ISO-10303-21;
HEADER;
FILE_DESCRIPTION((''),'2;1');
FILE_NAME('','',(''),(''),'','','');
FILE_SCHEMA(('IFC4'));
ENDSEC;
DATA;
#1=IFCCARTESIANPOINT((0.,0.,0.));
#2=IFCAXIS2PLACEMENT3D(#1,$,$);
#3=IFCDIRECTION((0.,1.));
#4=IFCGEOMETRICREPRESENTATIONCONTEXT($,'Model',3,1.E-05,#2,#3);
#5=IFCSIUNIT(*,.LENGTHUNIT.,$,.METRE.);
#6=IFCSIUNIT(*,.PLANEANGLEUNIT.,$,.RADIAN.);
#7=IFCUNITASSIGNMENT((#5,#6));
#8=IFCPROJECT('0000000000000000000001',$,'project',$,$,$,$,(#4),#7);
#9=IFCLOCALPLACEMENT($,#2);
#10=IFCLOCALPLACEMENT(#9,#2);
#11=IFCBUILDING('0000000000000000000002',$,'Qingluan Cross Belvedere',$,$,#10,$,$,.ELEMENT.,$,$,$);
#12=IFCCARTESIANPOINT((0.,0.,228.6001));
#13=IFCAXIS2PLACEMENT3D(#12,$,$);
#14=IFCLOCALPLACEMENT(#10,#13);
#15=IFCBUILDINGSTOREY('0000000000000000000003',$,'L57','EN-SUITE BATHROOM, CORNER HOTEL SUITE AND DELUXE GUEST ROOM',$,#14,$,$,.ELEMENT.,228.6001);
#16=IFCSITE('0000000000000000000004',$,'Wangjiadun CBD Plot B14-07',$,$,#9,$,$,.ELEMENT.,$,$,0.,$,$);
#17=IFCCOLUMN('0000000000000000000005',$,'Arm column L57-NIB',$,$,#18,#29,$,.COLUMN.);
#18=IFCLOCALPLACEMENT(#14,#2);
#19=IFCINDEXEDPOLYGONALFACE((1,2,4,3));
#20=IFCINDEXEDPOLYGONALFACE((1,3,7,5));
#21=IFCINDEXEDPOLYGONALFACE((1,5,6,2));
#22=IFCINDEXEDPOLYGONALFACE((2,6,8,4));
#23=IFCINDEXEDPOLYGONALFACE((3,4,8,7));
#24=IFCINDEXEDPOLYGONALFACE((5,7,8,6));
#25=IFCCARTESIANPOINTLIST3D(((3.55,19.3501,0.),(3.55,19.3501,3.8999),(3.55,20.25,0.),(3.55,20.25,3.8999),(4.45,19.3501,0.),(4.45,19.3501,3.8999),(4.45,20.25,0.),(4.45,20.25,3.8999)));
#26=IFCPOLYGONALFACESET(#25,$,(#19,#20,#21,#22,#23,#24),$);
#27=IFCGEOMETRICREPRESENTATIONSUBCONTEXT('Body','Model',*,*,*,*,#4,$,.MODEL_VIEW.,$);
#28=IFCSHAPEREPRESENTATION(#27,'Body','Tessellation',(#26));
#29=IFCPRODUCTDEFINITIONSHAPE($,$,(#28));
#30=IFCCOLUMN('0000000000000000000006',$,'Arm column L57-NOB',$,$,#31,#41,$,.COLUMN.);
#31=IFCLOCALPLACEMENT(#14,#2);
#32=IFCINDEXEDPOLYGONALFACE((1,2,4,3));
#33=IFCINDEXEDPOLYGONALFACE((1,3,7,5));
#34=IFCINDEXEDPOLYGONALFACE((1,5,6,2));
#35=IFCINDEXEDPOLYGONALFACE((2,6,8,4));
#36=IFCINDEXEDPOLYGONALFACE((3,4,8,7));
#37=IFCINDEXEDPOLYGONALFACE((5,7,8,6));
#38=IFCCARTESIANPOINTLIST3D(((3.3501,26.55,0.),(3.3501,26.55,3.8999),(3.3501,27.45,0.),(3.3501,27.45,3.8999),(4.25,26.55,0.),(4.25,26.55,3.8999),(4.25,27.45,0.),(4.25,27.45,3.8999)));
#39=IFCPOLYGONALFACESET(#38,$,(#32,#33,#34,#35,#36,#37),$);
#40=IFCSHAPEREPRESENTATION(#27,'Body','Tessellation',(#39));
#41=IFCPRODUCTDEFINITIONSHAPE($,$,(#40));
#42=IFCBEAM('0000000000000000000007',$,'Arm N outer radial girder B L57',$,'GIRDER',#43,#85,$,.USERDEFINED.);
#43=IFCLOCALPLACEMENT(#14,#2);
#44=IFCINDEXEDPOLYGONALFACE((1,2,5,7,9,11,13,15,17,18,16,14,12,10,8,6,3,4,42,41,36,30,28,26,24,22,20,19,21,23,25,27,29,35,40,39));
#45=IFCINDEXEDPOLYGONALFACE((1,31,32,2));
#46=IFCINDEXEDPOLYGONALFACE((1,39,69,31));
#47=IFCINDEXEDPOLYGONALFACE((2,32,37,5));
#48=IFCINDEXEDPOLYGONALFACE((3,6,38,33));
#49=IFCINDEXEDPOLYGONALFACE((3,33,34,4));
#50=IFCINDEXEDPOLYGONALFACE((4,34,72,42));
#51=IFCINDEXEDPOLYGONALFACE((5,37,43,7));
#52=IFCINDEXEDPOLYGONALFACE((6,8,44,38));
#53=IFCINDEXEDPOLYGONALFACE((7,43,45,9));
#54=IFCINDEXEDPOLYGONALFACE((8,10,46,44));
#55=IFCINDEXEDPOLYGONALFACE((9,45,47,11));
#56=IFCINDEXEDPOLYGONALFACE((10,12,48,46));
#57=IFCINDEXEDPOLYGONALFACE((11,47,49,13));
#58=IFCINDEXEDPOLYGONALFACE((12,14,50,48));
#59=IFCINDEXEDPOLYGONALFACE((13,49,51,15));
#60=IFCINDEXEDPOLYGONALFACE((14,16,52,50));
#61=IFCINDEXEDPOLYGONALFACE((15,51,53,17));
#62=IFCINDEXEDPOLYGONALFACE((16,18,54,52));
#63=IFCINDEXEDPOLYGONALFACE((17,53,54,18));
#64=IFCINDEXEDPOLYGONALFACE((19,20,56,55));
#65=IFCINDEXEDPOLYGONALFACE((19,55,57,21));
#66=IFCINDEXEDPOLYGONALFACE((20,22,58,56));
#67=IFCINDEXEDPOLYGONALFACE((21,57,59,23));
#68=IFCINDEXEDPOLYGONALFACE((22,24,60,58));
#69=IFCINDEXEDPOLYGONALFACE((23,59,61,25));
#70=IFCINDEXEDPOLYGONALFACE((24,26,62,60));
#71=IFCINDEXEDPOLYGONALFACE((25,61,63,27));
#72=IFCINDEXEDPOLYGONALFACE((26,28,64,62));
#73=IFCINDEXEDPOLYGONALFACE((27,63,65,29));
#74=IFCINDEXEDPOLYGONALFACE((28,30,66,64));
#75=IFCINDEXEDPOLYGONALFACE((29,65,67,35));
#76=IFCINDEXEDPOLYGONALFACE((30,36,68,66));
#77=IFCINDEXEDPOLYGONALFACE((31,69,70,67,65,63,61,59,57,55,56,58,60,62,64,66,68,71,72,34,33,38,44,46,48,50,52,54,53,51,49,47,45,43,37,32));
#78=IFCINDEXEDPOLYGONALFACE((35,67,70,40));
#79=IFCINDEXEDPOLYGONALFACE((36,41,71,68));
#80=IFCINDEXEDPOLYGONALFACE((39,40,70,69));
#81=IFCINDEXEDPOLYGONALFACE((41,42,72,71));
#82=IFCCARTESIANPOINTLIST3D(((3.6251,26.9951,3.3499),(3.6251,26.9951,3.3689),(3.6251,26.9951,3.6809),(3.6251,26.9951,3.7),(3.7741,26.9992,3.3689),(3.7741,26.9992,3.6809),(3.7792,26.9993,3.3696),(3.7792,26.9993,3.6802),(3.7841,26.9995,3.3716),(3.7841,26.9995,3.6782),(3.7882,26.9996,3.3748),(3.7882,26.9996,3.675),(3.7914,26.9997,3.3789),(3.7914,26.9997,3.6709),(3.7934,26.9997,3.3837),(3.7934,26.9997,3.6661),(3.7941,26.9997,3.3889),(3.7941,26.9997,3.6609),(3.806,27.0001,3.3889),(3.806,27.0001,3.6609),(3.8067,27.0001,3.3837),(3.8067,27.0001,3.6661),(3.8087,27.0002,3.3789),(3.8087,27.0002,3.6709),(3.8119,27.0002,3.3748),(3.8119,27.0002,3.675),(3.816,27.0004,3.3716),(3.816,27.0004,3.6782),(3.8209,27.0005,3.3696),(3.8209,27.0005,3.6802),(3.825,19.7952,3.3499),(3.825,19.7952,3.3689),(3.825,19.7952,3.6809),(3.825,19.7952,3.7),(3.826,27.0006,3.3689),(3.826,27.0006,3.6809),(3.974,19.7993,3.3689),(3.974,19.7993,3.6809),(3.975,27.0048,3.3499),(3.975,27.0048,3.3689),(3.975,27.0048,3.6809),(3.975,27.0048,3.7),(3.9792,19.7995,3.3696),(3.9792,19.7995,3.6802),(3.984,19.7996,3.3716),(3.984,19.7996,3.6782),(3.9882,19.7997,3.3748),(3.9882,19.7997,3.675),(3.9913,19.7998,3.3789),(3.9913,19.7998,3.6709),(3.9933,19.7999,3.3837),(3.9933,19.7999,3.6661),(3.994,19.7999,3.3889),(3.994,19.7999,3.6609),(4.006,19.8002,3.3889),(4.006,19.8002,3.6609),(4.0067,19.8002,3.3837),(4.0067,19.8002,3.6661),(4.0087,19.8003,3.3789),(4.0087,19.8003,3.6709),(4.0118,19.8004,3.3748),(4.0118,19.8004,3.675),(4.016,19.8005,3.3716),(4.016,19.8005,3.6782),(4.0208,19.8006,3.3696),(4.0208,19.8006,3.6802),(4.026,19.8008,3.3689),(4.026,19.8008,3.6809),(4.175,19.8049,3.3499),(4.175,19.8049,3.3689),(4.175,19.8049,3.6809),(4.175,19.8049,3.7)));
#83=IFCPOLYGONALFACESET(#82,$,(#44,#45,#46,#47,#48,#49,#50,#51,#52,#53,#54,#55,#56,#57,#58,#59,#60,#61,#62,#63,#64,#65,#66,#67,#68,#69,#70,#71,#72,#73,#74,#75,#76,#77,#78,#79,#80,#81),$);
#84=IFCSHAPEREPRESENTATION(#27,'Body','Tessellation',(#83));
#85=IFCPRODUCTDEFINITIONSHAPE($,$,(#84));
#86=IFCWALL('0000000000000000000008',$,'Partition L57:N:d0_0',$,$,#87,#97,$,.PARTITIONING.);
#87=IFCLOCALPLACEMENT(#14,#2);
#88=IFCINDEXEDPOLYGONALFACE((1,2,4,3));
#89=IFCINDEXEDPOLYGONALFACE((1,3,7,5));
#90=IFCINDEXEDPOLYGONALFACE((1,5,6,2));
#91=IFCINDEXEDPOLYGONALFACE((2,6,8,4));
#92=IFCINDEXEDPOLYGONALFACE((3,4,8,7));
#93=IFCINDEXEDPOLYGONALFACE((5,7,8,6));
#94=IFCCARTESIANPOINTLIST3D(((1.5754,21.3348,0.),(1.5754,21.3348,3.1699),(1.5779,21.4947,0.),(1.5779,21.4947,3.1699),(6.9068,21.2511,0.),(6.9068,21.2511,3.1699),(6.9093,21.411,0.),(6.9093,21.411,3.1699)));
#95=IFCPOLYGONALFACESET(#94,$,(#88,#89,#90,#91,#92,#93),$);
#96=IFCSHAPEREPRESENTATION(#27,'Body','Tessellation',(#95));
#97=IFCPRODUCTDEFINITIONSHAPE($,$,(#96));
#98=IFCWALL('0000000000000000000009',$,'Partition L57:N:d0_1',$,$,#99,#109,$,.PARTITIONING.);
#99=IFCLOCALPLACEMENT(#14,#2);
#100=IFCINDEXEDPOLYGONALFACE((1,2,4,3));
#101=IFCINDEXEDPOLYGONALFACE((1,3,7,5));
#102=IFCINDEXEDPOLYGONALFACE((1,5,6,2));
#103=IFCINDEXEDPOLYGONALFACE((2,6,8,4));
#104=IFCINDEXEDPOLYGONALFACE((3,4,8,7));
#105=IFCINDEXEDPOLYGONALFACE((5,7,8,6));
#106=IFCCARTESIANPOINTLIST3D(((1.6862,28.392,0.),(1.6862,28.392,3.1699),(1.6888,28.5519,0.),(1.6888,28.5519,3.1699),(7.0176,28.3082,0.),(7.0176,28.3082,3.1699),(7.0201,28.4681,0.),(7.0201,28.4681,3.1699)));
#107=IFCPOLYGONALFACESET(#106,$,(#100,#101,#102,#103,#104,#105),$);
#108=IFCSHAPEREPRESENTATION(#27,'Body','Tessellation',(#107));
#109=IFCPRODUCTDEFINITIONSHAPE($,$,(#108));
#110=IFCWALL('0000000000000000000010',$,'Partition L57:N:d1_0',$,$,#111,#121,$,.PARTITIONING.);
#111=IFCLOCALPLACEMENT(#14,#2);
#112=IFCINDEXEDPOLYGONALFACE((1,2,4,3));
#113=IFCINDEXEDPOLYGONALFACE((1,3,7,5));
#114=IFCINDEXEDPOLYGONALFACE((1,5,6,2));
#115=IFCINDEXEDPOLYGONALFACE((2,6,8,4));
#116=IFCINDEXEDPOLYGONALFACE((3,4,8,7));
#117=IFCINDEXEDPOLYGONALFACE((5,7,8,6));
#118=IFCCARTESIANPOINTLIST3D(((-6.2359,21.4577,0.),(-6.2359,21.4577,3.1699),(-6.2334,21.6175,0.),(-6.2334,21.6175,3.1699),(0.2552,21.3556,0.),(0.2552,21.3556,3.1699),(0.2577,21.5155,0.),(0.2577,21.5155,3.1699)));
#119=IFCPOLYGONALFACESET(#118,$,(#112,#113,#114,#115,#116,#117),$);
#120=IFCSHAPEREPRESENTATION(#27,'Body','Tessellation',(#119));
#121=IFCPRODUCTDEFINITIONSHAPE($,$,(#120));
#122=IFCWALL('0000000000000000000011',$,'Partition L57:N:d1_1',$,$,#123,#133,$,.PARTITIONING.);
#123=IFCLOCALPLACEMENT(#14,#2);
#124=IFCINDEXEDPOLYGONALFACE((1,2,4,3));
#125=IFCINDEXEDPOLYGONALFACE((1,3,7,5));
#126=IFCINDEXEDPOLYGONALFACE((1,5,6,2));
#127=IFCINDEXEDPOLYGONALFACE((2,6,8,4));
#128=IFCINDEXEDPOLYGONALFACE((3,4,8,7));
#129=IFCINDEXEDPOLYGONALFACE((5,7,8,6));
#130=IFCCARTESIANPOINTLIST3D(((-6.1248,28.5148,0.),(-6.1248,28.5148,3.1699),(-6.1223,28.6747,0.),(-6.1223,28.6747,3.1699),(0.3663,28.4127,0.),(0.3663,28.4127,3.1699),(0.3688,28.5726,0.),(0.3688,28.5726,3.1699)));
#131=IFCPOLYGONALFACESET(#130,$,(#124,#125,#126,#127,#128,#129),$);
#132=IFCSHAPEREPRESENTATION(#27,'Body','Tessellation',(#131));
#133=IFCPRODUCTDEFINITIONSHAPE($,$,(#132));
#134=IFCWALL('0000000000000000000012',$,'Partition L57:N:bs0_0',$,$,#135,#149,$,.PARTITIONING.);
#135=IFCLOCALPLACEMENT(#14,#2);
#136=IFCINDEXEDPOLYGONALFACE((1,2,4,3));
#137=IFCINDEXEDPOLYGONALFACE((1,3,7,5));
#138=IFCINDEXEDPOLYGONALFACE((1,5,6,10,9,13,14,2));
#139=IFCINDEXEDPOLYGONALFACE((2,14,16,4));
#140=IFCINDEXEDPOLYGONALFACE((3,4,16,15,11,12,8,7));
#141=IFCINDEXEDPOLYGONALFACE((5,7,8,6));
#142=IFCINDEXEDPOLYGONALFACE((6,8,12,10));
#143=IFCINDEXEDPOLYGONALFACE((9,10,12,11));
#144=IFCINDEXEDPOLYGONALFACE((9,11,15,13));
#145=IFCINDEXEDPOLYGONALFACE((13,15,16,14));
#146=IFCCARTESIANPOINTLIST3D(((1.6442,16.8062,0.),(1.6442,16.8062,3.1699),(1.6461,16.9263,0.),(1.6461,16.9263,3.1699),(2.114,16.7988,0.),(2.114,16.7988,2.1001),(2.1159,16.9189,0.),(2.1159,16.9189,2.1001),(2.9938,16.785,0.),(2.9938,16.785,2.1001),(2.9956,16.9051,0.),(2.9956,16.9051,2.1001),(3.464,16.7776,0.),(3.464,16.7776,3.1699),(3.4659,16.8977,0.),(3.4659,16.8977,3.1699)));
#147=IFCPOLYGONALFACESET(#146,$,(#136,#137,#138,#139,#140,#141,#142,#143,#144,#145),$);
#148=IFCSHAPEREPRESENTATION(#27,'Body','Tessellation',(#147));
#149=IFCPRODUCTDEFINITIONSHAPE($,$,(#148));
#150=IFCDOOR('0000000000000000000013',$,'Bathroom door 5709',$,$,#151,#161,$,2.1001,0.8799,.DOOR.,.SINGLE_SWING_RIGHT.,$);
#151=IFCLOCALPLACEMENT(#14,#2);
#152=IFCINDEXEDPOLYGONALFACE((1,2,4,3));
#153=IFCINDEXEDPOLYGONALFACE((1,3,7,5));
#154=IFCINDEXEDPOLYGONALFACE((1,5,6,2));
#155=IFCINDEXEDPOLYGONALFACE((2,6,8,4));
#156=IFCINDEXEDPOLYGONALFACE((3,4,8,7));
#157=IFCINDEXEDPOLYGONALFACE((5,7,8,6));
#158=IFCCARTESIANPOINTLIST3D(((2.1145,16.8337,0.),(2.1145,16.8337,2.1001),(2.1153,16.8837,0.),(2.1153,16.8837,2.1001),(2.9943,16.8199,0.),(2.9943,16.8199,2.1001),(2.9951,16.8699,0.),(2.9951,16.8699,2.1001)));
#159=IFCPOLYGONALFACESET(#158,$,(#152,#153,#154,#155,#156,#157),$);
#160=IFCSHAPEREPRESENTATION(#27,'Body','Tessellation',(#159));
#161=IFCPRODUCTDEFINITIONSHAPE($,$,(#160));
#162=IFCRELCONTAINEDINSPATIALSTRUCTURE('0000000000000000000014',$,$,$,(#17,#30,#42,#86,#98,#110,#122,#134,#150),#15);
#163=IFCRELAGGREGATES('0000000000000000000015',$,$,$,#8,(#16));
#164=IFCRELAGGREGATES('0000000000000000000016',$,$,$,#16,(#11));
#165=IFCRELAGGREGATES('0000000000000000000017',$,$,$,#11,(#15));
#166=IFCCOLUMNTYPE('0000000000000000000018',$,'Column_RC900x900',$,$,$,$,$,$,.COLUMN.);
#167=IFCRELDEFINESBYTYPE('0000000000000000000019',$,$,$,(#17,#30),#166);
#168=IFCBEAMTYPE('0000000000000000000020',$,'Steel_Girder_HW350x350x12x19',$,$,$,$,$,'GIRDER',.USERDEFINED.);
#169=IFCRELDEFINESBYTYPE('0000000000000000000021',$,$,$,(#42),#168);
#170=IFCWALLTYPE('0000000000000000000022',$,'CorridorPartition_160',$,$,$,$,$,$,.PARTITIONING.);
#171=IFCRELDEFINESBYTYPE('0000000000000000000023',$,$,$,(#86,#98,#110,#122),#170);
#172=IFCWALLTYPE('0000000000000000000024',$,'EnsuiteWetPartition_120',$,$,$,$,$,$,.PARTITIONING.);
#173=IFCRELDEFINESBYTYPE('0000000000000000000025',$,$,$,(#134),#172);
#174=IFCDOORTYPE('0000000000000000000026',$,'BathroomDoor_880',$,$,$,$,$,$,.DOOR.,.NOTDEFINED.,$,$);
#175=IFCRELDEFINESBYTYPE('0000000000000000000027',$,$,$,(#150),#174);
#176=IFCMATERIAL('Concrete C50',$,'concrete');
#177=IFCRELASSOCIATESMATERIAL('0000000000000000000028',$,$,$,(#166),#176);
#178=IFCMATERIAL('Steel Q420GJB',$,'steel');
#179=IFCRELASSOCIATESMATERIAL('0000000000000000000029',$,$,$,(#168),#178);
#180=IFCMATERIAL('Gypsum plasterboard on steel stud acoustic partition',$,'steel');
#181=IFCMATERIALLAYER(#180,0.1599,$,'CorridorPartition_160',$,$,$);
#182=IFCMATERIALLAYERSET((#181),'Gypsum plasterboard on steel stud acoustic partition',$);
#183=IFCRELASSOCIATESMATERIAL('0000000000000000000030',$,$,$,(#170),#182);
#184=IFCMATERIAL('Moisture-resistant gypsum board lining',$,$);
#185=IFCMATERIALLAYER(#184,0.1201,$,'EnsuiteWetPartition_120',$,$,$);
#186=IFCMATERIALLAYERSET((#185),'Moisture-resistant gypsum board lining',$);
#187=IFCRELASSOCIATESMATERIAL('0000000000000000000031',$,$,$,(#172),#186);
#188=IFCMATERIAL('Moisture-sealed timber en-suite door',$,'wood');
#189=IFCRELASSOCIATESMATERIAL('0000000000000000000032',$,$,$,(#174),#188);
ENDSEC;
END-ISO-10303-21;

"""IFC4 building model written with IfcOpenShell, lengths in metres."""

from ifc_helpers import new_model, si_unit, direction, frame, frame_2d, origin, origin_2d, place, context, subcontext, project, spatial, rectangle, i_section, extrude, material, layer, layer_set, material_profile, profile_set, type_object, element, fill, save


model = new_model("IFC4")

# Units and contexts
model_context = context("Model", 3, precision=1e-05, world=origin(), true_north=direction((0.0, 1.0)))
body_context = subcontext(model_context, "Body", "Model", "MODEL_VIEW")
ifc_project = project(units=[si_unit("LENGTHUNIT", "METRE"), si_unit("PLANEANGLEUNIT", "RADIAN")], contexts=[model_context])

# Site, building, storey
site_placement = place(None, origin())
site = spatial("IfcSite", under=ifc_project, at=site_placement, Name="Wangjiadun CBD Plot B14-07", CompositionType="ELEMENT", RefElevation=0.0)
building_placement = place(site_placement, origin())
building = spatial("IfcBuilding", under=site, at=building_placement, Name="Qingluan Cross Belvedere", CompositionType="ELEMENT")
storey_placement = place(building_placement, frame((0.0, 0.0, 228.6001)))
storey = spatial("IfcBuildingStorey", under=building, at=storey_placement, Name="L57", Description="EN-SUITE BATHROOM, CORNER HOTEL SUITE AND DELUXE GUEST ROOM", CompositionType="ELEMENT", Elevation=228.6001)

# Columns
ifc_material_1 = material(Name="Concrete C50", Category="concrete")
ifc_material_profile_1 = material_profile(ifc_material_1, rectangle(XDim=0.8999, YDim=0.8999, at=origin_2d()), Name="RC900x900")
ifc_profile_set_1 = profile_set([ifc_material_profile_1], Name="Concrete C50")
column_type = type_object("IfcColumnType", Name="Column_RC900x900", PredefinedType="COLUMN", material=ifc_profile_set_1)
for number, where, z_axis, x_axis, name in (
    (1, (4.0, 19.8, 0.0), (0.0, 0.0, 1.0), (1.0, 0.0, 0.0), "Arm column L57-NIB"),
    (2, (3.8, 27.0, 0.0), (0.0, 0.0, 1.0), (1.0, 0.0, 0.0), "Arm column L57-NOB"),
):
    element("IfcColumn", number, at=place(storey_placement, frame(where, z_axis=z_axis, x_axis=x_axis)), inside=storey, type_object=column_type, Name=name, PredefinedType="COLUMN", context=body_context, shape_type="SweptSolid", body=[
        extrude(rectangle(XDim=0.8999, YDim=0.8999, at=origin_2d()), origin(), (0.0, 0.0, 1.0), 3.8999),
    ])

# Beam
ifc_material_2 = material(Name="Steel Q420GJB", Category="steel")
ifc_material_profile_2 = material_profile(ifc_material_2, i_section(OverallWidth=0.3501, OverallDepth=0.3501, WebThickness=0.012, FlangeThickness=0.019, FilletRadius=0.02, at=origin_2d()), Name="HW350x350x12x19")
ifc_profile_set_2 = profile_set([ifc_material_profile_2], Name="Steel Q420GJB")
beam_type = type_object("IfcBeamType", Name="Steel_Girder_HW350x350x12x19", ElementType="GIRDER", PredefinedType="USERDEFINED", material=ifc_profile_set_2)
beam_placement = place(storey_placement, frame((4.0, 19.8, 3.5249), z_axis=(-0.02776, 0.999615, 0.0), x_axis=(-0.999615, -0.02776, 0.0)))
element("IfcBeam", 3, at=beam_placement, inside=storey, type_object=beam_type, Name="Arm N outer radial girder B L57", ObjectType="GIRDER", PredefinedType="USERDEFINED", context=body_context, shape_type="SweptSolid", body=[
    extrude(i_section(OverallWidth=0.3501, OverallDepth=0.3501, WebThickness=0.012, FlangeThickness=0.019, FilletRadius=0.02, at=origin_2d()), origin(), (0.0, 0.0, 1.0), 7.2026),
])

# Walls
ifc_material_3 = material(Name="Gypsum plasterboard on steel stud acoustic partition", Category="steel")
ifc_layer_1 = layer(ifc_material_3, 0.1599, Name="CorridorPartition_160")
ifc_layer_set_1 = layer_set([ifc_layer_1], Name="Gypsum plasterboard on steel stud acoustic partition")
wall_type_1 = type_object("IfcWallType", Name="CorridorPartition_160", PredefinedType="PARTITIONING", material=ifc_layer_set_1)
for number, where, z_axis, x_axis, name in (
    (4, (1.5767, 21.4148, 0.0), (0.0, 0.0, 1.0), (0.999877, -0.015705, 0.0), "Partition L57:N:d0_0"),
    (5, (1.6875, 28.4719, 0.0), (0.0, 0.0, 1.0), (0.999877, -0.015705, 0.0), "Partition L57:N:d0_1"),
):
    element("IfcWall", number, at=place(storey_placement, frame(where, z_axis=z_axis, x_axis=x_axis)), inside=storey, type_object=wall_type_1, Name=name, PredefinedType="PARTITIONING", context=body_context, shape_type="SweptSolid", body=[
        extrude(rectangle(XDim=5.332, YDim=0.1599, at=frame_2d((2.666, 0.0))), origin(), (0.0, 0.0, 1.0), 3.1699),
    ])
for number, where, z_axis, x_axis, name in (
    (6, (0.2566, 21.4355, 0.0), (0.0, 0.0, 1.0), (-0.999876, 0.015719, 0.0), "Partition L57:N:d1_0"),
    (7, (0.3677, 28.4927, 0.0), (0.0, 0.0, 1.0), (-0.999876, 0.015719, 0.0), "Partition L57:N:d1_1"),
):
    element("IfcWall", number, at=place(storey_placement, frame(where, z_axis=z_axis, x_axis=x_axis)), inside=storey, type_object=wall_type_1, Name=name, PredefinedType="PARTITIONING", context=body_context, shape_type="SweptSolid", body=[
        extrude(rectangle(XDim=6.4919, YDim=0.1599, at=frame_2d((3.2461, 0.0))), origin(), (0.0, 0.0, 1.0), 3.1699),
    ])

# Wall, opening, door
ifc_material_4 = material(Name="Moisture-resistant gypsum board lining")
ifc_layer_2 = layer(ifc_material_4, 0.1201, Name="EnsuiteWetPartition_120")
ifc_layer_set_2 = layer_set([ifc_layer_2], Name="Moisture-resistant gypsum board lining")
wall_type_2 = type_object("IfcWallType", Name="EnsuiteWetPartition_120", PredefinedType="PARTITIONING", material=ifc_layer_set_2)
wall_1_placement = place(storey_placement, frame((1.645, 16.8662, 0.0), z_axis=(0.0, 0.0, 1.0), x_axis=(0.999877, -0.015694, 0.0)))
wall_1 = element("IfcWall", 8, at=wall_1_placement, inside=storey, type_object=wall_type_2, Name="Partition L57:N:bs0_0", PredefinedType="PARTITIONING", context=body_context, shape_type="SweptSolid", body=[
    extrude(rectangle(XDim=1.8201, YDim=0.1201, at=frame_2d((0.9102, 0.0))), origin(), (0.0, 0.0, 1.0), 3.1699),
])
opening_1_placement = place(wall_1_placement, frame((0.47, 0.0, 0.0)))
opening_1 = element("IfcOpeningElement", 9, at=opening_1_placement, cuts=wall_1, PredefinedType="OPENING", context=body_context, shape_type="SweptSolid", body=[
    extrude(rectangle(XDim=0.8799, YDim=2.1001, at=frame_2d((0.4399, 1.05))), frame((0.0, 0.0701, 0.0), z_axis=(0.0, -1.0, 0.0), x_axis=(1.0, 0.0, 0.0)), (0.0, 0.0, 1.0), 0.1401),
])
ifc_material_5 = material(Name="Moisture-sealed timber en-suite door", Category="wood")
door_type = type_object("IfcDoorType", Name="BathroomDoor_880", OperationType="NOTDEFINED", PredefinedType="DOOR", material=ifc_material_5)
door_1_placement = place(opening_1_placement, origin())
door_1 = element("IfcDoor", 10, at=door_1_placement, inside=storey, type_object=door_type, Name="Bathroom door 5709", OperationType="SINGLE_SWING_RIGHT", OverallHeight=2.1001, OverallWidth=0.8799, PredefinedType="DOOR", context=body_context, shape_type="SweptSolid", body=[
    extrude(rectangle(XDim=0.8799, YDim=2.1001, at=frame_2d((0.4399, 1.05))), frame((0.0, 0.0249, 0.0), z_axis=(0.0, -1.0, 0.0), x_axis=(1.0, 0.0, 0.0)), (0.0, 0.0, 1.0), 0.05),
])
fill(opening_1, door_1)

save(model, "model.ifc")
